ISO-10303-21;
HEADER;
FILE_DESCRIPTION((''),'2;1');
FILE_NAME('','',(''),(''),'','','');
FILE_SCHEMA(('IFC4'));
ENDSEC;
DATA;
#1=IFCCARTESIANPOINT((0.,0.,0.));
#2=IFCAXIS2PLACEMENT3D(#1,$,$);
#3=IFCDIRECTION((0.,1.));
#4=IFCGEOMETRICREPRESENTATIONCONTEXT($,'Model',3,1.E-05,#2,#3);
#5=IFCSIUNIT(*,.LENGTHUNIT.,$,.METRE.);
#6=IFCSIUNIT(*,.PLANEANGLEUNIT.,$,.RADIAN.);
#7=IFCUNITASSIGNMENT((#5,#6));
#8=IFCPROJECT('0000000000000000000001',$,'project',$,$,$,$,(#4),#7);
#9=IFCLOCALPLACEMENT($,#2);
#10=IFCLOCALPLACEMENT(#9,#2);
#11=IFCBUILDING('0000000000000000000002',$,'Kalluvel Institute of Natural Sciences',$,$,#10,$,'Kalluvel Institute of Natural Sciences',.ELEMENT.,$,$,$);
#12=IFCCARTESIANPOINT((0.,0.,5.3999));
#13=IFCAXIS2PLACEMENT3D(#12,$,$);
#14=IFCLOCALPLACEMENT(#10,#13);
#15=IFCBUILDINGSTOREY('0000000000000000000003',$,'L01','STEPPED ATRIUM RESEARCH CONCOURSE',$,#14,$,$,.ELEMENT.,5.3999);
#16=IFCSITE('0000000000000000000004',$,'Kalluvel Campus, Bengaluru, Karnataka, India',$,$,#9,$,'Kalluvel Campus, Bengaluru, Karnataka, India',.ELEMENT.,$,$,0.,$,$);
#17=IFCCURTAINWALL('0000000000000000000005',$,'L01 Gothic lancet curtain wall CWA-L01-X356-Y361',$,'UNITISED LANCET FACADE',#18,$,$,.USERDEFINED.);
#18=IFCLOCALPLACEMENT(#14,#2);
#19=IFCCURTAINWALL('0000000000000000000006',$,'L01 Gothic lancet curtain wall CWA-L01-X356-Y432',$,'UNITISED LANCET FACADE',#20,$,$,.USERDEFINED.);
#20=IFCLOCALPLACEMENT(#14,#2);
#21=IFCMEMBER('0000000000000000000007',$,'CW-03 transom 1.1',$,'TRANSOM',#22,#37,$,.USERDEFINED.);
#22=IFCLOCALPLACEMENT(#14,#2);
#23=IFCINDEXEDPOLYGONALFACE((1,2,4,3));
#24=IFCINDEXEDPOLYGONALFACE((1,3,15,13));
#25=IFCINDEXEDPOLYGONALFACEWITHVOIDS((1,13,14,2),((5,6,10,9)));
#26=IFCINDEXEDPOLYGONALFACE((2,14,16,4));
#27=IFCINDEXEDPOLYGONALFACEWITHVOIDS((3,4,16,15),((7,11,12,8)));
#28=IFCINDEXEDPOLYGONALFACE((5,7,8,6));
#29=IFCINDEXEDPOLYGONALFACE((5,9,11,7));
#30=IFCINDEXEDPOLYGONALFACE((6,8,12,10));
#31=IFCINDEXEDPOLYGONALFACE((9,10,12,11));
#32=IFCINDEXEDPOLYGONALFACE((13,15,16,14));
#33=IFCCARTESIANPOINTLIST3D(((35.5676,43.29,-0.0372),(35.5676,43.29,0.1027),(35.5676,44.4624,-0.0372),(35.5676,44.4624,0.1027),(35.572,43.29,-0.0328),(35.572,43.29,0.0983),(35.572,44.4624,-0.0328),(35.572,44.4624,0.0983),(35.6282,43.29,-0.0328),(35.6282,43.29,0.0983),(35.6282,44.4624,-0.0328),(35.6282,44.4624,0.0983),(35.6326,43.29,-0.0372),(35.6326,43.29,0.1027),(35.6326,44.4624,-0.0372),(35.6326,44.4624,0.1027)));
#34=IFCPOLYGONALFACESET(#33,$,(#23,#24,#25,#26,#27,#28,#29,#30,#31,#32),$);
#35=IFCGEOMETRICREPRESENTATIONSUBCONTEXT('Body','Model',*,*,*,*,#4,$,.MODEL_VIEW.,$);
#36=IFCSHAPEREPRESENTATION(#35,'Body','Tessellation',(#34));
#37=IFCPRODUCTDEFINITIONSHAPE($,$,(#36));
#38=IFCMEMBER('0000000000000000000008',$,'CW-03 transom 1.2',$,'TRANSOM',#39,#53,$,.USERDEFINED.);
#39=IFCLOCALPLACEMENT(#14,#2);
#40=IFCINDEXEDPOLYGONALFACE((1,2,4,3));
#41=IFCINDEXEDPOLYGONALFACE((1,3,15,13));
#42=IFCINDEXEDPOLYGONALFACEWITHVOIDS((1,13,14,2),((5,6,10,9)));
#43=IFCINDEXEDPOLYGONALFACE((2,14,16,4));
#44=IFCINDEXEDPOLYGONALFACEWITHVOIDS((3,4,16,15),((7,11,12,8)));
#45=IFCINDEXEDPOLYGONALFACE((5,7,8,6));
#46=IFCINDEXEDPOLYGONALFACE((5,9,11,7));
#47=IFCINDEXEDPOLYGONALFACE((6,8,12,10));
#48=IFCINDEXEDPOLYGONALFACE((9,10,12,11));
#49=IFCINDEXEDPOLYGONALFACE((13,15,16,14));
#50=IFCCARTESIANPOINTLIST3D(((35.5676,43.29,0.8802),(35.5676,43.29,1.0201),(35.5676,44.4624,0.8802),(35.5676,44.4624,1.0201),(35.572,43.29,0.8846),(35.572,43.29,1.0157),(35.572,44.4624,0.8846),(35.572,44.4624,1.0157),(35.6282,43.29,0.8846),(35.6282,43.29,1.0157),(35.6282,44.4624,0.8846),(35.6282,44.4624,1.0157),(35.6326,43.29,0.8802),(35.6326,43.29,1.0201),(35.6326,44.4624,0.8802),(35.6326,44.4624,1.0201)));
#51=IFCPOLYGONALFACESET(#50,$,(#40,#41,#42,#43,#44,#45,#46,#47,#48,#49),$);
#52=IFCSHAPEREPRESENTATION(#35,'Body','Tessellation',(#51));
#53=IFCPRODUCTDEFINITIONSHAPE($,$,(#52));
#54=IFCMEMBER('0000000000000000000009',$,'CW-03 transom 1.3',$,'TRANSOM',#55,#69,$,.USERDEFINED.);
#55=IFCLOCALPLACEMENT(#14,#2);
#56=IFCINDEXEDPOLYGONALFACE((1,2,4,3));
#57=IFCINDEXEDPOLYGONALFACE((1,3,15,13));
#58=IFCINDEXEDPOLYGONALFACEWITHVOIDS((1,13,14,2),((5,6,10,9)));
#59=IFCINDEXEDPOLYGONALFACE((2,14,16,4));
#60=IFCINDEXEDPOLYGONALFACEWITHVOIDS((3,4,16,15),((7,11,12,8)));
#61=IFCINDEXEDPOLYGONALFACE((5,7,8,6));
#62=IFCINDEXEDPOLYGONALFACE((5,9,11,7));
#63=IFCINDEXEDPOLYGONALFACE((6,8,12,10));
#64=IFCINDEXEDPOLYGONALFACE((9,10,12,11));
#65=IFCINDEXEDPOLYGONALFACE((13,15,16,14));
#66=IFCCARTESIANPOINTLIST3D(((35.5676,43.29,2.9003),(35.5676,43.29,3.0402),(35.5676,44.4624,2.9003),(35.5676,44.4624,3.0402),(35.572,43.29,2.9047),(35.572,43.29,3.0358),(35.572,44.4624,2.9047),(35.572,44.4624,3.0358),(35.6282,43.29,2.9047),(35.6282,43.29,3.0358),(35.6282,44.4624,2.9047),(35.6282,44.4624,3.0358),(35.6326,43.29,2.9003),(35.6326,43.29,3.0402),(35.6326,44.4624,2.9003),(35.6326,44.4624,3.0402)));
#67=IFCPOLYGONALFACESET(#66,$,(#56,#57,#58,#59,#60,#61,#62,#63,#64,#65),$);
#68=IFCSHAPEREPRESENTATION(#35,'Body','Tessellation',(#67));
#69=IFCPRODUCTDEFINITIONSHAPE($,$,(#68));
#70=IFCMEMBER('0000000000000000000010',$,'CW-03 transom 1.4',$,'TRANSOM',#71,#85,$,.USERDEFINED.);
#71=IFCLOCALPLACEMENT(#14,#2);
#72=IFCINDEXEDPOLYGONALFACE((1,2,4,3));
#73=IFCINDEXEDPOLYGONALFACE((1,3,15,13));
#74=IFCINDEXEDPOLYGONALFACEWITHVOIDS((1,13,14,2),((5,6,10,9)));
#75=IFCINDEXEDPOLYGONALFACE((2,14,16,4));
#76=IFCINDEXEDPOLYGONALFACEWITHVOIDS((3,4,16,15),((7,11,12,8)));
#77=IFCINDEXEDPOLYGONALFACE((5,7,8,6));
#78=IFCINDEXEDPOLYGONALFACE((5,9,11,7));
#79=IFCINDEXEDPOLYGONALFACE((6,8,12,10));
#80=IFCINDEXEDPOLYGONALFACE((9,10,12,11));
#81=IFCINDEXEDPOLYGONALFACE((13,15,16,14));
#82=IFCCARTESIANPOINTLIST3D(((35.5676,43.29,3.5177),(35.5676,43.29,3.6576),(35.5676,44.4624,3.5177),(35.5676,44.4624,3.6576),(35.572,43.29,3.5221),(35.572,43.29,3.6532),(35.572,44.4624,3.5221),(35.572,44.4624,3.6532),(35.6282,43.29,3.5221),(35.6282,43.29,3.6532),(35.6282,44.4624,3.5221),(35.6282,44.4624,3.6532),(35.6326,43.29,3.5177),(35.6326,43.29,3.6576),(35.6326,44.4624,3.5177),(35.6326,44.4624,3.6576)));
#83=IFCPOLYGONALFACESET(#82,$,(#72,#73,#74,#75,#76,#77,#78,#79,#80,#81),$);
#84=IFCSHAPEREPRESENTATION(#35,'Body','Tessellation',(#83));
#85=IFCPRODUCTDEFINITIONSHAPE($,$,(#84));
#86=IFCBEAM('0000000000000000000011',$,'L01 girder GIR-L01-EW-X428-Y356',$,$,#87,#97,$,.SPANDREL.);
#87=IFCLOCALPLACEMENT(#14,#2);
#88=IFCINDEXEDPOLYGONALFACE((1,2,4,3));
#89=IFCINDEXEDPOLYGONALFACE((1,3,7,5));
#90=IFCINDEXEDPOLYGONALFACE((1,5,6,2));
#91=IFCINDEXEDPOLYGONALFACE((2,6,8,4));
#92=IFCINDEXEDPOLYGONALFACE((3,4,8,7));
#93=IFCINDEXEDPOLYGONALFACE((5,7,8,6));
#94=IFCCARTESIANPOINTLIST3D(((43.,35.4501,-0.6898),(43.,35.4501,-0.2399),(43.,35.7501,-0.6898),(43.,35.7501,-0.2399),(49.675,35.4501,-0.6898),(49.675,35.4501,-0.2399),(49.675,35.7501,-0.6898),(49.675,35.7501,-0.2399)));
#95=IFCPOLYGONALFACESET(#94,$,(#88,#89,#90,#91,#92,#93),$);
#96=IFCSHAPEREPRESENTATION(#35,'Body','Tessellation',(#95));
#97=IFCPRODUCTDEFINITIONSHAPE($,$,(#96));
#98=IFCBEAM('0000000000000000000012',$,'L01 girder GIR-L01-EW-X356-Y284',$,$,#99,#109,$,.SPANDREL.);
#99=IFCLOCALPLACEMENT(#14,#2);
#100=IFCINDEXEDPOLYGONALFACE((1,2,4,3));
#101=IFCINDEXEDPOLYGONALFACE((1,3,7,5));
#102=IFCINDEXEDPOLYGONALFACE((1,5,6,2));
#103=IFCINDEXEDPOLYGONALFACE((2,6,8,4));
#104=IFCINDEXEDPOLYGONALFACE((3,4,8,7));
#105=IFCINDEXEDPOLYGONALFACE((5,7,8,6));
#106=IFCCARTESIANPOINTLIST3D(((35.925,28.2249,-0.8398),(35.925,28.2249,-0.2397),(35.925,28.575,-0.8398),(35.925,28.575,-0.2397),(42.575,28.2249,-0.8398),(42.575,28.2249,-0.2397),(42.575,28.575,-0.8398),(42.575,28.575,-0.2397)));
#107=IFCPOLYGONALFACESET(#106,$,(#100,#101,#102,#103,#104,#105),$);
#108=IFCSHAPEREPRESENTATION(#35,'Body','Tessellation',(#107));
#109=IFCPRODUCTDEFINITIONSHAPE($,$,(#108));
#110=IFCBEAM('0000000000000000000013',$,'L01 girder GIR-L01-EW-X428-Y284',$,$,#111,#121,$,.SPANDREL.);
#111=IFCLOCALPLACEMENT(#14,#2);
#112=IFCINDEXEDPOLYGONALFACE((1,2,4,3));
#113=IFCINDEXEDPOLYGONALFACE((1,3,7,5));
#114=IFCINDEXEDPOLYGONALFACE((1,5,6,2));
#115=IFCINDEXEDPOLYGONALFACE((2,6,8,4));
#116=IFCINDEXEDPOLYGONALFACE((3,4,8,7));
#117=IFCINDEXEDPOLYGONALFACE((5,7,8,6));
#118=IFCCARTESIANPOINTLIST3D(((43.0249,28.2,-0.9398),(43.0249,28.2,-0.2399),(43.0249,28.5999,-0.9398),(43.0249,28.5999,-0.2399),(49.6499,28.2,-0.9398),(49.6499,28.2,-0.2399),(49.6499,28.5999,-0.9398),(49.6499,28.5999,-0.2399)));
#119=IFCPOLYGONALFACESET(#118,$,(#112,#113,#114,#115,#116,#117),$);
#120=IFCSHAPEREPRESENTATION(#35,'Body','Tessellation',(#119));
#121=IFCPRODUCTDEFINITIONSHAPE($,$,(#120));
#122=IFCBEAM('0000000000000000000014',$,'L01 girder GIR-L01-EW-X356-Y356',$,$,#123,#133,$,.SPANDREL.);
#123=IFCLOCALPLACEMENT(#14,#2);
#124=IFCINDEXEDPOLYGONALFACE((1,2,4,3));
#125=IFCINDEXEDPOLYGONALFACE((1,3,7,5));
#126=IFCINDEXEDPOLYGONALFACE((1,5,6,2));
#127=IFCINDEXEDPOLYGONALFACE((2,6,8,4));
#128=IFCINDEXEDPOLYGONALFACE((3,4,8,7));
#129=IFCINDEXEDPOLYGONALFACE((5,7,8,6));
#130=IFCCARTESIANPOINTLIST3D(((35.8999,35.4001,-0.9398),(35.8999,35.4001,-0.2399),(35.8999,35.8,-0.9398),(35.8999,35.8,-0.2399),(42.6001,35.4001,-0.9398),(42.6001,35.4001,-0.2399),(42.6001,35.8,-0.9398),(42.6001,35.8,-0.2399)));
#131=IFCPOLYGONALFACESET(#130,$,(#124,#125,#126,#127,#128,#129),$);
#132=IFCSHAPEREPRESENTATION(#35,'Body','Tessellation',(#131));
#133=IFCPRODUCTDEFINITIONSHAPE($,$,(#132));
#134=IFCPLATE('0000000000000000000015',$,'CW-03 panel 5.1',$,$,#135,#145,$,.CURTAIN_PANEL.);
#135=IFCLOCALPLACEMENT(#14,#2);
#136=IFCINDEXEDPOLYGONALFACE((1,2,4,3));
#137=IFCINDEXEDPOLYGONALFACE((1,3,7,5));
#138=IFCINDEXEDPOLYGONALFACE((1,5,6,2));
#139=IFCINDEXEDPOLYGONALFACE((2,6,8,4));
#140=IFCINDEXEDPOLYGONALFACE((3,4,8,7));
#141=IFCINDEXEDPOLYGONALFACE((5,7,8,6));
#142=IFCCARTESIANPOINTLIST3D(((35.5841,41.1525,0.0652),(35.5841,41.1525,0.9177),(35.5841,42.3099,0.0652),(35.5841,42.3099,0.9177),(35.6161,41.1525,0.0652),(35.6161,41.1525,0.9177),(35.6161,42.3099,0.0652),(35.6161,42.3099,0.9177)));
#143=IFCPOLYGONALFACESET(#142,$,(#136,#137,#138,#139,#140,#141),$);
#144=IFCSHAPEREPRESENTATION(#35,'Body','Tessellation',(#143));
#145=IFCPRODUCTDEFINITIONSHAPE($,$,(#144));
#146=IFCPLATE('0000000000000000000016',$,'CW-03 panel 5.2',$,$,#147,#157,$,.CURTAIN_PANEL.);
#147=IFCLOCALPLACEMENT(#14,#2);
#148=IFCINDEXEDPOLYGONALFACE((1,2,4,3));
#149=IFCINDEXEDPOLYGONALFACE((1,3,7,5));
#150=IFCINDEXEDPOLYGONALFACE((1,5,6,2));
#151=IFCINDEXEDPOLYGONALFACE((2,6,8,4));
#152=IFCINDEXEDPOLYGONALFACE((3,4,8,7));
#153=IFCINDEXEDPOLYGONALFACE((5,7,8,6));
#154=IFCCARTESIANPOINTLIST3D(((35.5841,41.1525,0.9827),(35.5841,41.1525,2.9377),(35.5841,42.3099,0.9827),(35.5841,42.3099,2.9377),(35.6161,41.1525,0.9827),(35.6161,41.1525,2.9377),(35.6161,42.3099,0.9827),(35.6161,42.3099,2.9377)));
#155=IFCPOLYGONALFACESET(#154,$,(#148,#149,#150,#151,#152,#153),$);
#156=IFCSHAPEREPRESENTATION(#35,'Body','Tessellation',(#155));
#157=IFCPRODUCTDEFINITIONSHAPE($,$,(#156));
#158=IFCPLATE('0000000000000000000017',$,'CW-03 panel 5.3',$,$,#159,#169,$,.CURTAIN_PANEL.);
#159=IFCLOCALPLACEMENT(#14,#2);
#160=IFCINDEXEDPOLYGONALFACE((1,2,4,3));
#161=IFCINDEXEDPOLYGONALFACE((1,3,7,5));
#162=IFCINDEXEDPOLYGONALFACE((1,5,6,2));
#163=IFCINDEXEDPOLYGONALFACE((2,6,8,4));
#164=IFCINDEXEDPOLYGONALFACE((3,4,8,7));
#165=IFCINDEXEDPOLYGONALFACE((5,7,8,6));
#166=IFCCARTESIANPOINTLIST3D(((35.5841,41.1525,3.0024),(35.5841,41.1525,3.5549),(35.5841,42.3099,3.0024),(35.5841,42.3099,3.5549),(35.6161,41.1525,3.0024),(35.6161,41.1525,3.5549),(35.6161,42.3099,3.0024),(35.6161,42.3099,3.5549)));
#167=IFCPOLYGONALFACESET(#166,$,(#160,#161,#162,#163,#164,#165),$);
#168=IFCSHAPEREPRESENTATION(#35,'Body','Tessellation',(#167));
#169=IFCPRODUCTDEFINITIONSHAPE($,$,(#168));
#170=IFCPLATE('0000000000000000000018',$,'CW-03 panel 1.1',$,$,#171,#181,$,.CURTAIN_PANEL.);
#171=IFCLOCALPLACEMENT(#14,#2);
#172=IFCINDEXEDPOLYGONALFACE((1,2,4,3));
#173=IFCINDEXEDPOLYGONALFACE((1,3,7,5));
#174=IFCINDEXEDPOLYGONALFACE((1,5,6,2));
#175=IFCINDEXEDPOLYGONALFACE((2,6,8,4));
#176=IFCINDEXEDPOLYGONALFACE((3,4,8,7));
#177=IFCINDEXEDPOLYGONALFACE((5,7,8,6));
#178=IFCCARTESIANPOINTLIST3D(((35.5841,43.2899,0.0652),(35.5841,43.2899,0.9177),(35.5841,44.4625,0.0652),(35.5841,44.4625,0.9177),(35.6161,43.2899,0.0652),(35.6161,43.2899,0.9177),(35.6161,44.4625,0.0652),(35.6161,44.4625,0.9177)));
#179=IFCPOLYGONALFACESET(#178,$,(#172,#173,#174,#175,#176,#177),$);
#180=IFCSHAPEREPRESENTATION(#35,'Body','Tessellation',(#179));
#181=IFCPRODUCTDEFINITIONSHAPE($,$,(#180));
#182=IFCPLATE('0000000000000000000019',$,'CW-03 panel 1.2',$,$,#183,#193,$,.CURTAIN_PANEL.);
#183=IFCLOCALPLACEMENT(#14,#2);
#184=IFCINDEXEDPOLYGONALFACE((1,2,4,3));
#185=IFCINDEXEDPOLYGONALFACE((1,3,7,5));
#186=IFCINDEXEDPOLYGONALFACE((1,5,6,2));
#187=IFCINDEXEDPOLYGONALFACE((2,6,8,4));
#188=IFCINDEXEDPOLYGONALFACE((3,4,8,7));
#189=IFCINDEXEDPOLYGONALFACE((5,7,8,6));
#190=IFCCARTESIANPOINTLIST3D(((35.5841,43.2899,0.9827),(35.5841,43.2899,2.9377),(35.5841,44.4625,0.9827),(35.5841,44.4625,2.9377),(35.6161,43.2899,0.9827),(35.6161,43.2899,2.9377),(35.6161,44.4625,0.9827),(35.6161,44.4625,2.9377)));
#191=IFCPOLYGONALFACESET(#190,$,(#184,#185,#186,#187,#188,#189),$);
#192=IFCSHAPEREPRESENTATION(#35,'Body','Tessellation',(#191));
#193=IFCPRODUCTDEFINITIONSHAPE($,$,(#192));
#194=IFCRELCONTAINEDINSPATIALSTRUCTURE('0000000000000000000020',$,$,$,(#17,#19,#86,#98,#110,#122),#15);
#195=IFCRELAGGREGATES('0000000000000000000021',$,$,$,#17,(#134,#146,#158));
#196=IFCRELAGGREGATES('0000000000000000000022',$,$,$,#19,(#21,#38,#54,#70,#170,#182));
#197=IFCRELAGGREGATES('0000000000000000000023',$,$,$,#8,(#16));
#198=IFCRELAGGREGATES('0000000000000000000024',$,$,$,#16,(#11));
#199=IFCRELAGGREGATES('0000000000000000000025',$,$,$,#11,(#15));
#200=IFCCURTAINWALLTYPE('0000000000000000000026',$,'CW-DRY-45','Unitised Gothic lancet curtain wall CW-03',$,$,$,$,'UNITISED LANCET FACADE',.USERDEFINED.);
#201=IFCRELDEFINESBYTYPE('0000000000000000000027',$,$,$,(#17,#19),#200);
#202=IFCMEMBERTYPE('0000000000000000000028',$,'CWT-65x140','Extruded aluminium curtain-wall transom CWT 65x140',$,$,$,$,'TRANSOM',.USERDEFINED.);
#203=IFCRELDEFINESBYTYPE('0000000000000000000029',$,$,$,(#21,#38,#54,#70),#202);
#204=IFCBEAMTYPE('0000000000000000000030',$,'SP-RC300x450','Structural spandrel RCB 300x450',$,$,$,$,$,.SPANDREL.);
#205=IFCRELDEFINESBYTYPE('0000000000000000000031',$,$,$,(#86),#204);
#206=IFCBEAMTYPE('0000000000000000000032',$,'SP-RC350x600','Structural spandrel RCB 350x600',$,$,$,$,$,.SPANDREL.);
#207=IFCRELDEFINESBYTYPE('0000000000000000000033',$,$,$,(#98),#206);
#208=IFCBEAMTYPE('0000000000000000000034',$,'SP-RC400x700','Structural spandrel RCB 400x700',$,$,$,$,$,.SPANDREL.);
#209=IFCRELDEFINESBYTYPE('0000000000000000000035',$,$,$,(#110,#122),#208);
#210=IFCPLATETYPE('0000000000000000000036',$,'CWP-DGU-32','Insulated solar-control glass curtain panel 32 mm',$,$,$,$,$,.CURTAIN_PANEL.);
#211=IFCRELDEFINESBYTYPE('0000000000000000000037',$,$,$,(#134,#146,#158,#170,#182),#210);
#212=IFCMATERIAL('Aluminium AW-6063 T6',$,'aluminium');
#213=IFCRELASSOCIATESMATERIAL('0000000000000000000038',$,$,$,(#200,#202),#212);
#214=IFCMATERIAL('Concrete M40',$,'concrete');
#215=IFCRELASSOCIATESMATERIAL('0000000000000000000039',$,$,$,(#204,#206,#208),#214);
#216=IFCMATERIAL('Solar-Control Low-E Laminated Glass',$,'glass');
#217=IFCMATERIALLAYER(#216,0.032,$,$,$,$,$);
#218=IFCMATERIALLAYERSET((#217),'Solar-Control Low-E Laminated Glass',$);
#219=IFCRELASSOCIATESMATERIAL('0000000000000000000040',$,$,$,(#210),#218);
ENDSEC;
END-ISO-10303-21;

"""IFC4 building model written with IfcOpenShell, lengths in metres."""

from ifc_helpers import new_model, si_unit, direction, frame, origin, origin_2d, place, context, subcontext, project, spatial, rectangle, hollow_rectangle, extrude, material, layer, layer_set, material_profile, profile_set, type_object, element, aggregate, save


model = new_model("IFC4")

# Units and contexts
model_context = context("Model", 3, precision=1e-05, world=origin(), true_north=direction((0.0, 1.0)))
body_context = subcontext(model_context, "Body", "Model", "MODEL_VIEW")
ifc_project = project(units=[si_unit("LENGTHUNIT", "METRE"), si_unit("PLANEANGLEUNIT", "RADIAN")], contexts=[model_context])

# Site, building, storey
site_placement = place(None, origin())
site = spatial("IfcSite", under=ifc_project, at=site_placement, Name="Kalluvel Campus, Bengaluru, Karnataka, India", LongName="Kalluvel Campus, Bengaluru, Karnataka, India", CompositionType="ELEMENT", RefElevation=0.0)
building_placement = place(site_placement, origin())
building = spatial("IfcBuilding", under=site, at=building_placement, Name="Kalluvel Institute of Natural Sciences", LongName="Kalluvel Institute of Natural Sciences", CompositionType="ELEMENT")
storey_placement = place(building_placement, frame((0.0, 0.0, 5.3999)))
storey = spatial("IfcBuildingStorey", under=building, at=storey_placement, Name="L01", Description="STEPPED ATRIUM RESEARCH CONCOURSE", CompositionType="ELEMENT", Elevation=5.3999)

# Shared definitions
ifc_material_1 = material(Name="Concrete M40", Category="concrete")

# Curtain wall
ifc_material_2 = material(Name="Aluminium AW-6063 T6", Category="aluminium")
curtain_wall_type = type_object("IfcCurtainWallType", Name="CW-DRY-45", Description="Unitised Gothic lancet curtain wall CW-03", ElementType="UNITISED LANCET FACADE", PredefinedType="USERDEFINED", material=ifc_material_2)
curtain_wall_1_placement = place(storey_placement, origin())
curtain_wall_1 = element("IfcCurtainWall", 1, at=curtain_wall_1_placement, inside=storey, type_object=curtain_wall_type, Name="L01 Gothic lancet curtain wall CWA-L01-X356-Y361", ObjectType="UNITISED LANCET FACADE", PredefinedType="USERDEFINED")

# Curtain wall
curtain_wall_2_placement = place(storey_placement, origin())
curtain_wall_2 = element("IfcCurtainWall", 2, at=curtain_wall_2_placement, inside=storey, type_object=curtain_wall_type, Name="L01 Gothic lancet curtain wall CWA-L01-X356-Y432", ObjectType="UNITISED LANCET FACADE", PredefinedType="USERDEFINED")

# Members
ifc_material_profile_1 = material_profile(ifc_material_2, hollow_rectangle(XDim=0.0649, YDim=0.1399, WallThickness=0.0044, at=origin_2d()), Name="CWT 65x140")
ifc_profile_set_1 = profile_set([ifc_material_profile_1], Name="Aluminium AW-6063 T6")
member_type_1 = type_object("IfcMemberType", Name="CWT-65x140", Description="Extruded aluminium curtain-wall transom CWT 65x140", ElementType="TRANSOM", PredefinedType="USERDEFINED", material=ifc_profile_set_1)
member_1_placement = place(storey_placement, frame((35.6001, 43.29, 0.0327), z_axis=(0.0, 1.0, 0.0), x_axis=(-1.0, 0.0, 0.0)))
member_1 = element("IfcMember", 3, at=member_1_placement, type_object=member_type_1, Name="CW-03 transom 1.1", ObjectType="TRANSOM", PredefinedType="USERDEFINED", context=body_context, shape_type="SweptSolid", body=[
    extrude(hollow_rectangle(XDim=0.0649, YDim=0.1399, WallThickness=0.0044, at=origin_2d()), origin(), (0.0, 0.0, 1.0), 1.1724),
])
member_2_placement = place(storey_placement, frame((35.6001, 43.29, 0.9502), z_axis=(0.0, 1.0, 0.0), x_axis=(-1.0, 0.0, 0.0)))
member_2 = element("IfcMember", 4, at=member_2_placement, type_object=member_type_1, Name="CW-03 transom 1.2", ObjectType="TRANSOM", PredefinedType="USERDEFINED", context=body_context, shape_type="SweptSolid", body=[
    extrude(hollow_rectangle(XDim=0.0649, YDim=0.1399, WallThickness=0.0044, at=origin_2d()), origin(), (0.0, 0.0, 1.0), 1.1724),
])
member_3_placement = place(storey_placement, frame((35.6001, 43.29, 2.9702), z_axis=(0.0, 1.0, 0.0), x_axis=(-1.0, 0.0, 0.0)))
member_3 = element("IfcMember", 5, at=member_3_placement, type_object=member_type_1, Name="CW-03 transom 1.3", ObjectType="TRANSOM", PredefinedType="USERDEFINED", context=body_context, shape_type="SweptSolid", body=[
    extrude(hollow_rectangle(XDim=0.0649, YDim=0.1399, WallThickness=0.0044, at=origin_2d()), origin(), (0.0, 0.0, 1.0), 1.1724),
])
member_4_placement = place(storey_placement, frame((35.6001, 43.29, 3.5876), z_axis=(0.0, 1.0, 0.0), x_axis=(-1.0, 0.0, 0.0)))
member_4 = element("IfcMember", 6, at=member_4_placement, type_object=member_type_1, Name="CW-03 transom 1.4", ObjectType="TRANSOM", PredefinedType="USERDEFINED", context=body_context, shape_type="SweptSolid", body=[
    extrude(hollow_rectangle(XDim=0.0649, YDim=0.1399, WallThickness=0.0044, at=origin_2d()), origin(), (0.0, 0.0, 1.0), 1.1724),
])

# Beams
ifc_material_profile_2 = material_profile(ifc_material_1, rectangle(XDim=0.3, YDim=0.45, at=origin_2d()), Name="RCB 300x450")
ifc_profile_set_2 = profile_set([ifc_material_profile_2], Name="Concrete M40")
beam_type_1 = type_object("IfcBeamType", Name="SP-RC300x450", Description="Structural spandrel RCB 300x450", PredefinedType="SPANDREL", material=ifc_profile_set_2)
beam_1_placement = place(storey_placement, frame((43.0, 35.6001, -0.4648), z_axis=(1.0, 0.0, 0.0), x_axis=(0.0, 1.0, 0.0)))
element("IfcBeam", 7, at=beam_1_placement, inside=storey, type_object=beam_type_1, Name="L01 girder GIR-L01-EW-X428-Y356", PredefinedType="SPANDREL", context=body_context, shape_type="SweptSolid", body=[
    extrude(rectangle(XDim=0.3, YDim=0.45, at=origin_2d()), origin(), (0.0, 0.0, 1.0), 6.675),
])
ifc_material_profile_3 = material_profile(ifc_material_1, rectangle(XDim=0.3501, YDim=0.6001, at=origin_2d()), Name="RCB 350x600")
ifc_profile_set_3 = profile_set([ifc_material_profile_3], Name="Concrete M40")
beam_type_2 = type_object("IfcBeamType", Name="SP-RC350x600", Description="Structural spandrel RCB 350x600", PredefinedType="SPANDREL", material=ifc_profile_set_3)
beam_2_placement = place(storey_placement, frame((35.925, 28.3999, -0.5398), z_axis=(1.0, 0.0, 0.0), x_axis=(0.0, 1.0, 0.0)))
element("IfcBeam", 8, at=beam_2_placement, inside=storey, type_object=beam_type_2, Name="L01 girder GIR-L01-EW-X356-Y284", PredefinedType="SPANDREL", context=body_context, shape_type="SweptSolid", body=[
    extrude(rectangle(XDim=0.3501, YDim=0.6001, at=origin_2d()), origin(), (0.0, 0.0, 1.0), 6.6499),
])
ifc_material_profile_4 = material_profile(ifc_material_1, rectangle(XDim=0.3999, YDim=0.7, at=origin_2d()), Name="RCB 400x700")
ifc_profile_set_4 = profile_set([ifc_material_profile_4], Name="Concrete M40")
beam_type_3 = type_object("IfcBeamType", Name="SP-RC400x700", Description="Structural spandrel RCB 400x700", PredefinedType="SPANDREL", material=ifc_profile_set_4)
beam_3_placement = place(storey_placement, frame((43.0249, 28.3999, -0.5898), z_axis=(1.0, 0.0, 0.0), x_axis=(0.0, 1.0, 0.0)))
element("IfcBeam", 9, at=beam_3_placement, inside=storey, type_object=beam_type_3, Name="L01 girder GIR-L01-EW-X428-Y284", PredefinedType="SPANDREL", context=body_context, shape_type="SweptSolid", body=[
    extrude(rectangle(XDim=0.3999, YDim=0.7, at=origin_2d()), origin(), (0.0, 0.0, 1.0), 6.625),
])
beam_4_placement = place(storey_placement, frame((35.8999, 35.6001, -0.5898), z_axis=(1.0, 0.0, 0.0), x_axis=(0.0, 1.0, 0.0)))
element("IfcBeam", 10, at=beam_4_placement, inside=storey, type_object=beam_type_3, Name="L01 girder GIR-L01-EW-X356-Y356", PredefinedType="SPANDREL", context=body_context, shape_type="SweptSolid", body=[
    extrude(rectangle(XDim=0.3999, YDim=0.7, at=origin_2d()), origin(), (0.0, 0.0, 1.0), 6.7002),
])

# Plates
ifc_material_3 = material(Name="Solar-Control Low-E Laminated Glass", Category="glass")
ifc_layer = layer(ifc_material_3, 0.032)
ifc_layer_set = layer_set([ifc_layer], Name="Solar-Control Low-E Laminated Glass")
plate_type = type_object("IfcPlateType", Name="CWP-DGU-32", Description="Insulated solar-control glass curtain panel 32 mm", PredefinedType="CURTAIN_PANEL", material=ifc_layer_set)
plate_1_placement = place(storey_placement, frame((35.6001, 41.7312, 0.0652), z_axis=(0.0, 0.0, 1.0), x_axis=(0.0, 1.0, 0.0)))
plate_1 = element("IfcPlate", 11, at=plate_1_placement, type_object=plate_type, Name="CW-03 panel 5.1", PredefinedType="CURTAIN_PANEL", context=body_context, shape_type="SweptSolid", body=[
    extrude(rectangle(XDim=1.1575, YDim=0.032, at=origin_2d()), origin(), (0.0, 0.0, 1.0), 0.8525),
])
plate_2_placement = place(storey_placement, frame((35.6001, 41.7312, 0.9827), z_axis=(0.0, 0.0, 1.0), x_axis=(0.0, 1.0, 0.0)))
plate_2 = element("IfcPlate", 12, at=plate_2_placement, type_object=plate_type, Name="CW-03 panel 5.2", PredefinedType="CURTAIN_PANEL", context=body_context, shape_type="SweptSolid", body=[
    extrude(rectangle(XDim=1.1575, YDim=0.032, at=origin_2d()), origin(), (0.0, 0.0, 1.0), 1.9551),
])
plate_3_placement = place(storey_placement, frame((35.6001, 41.7312, 3.0024), z_axis=(0.0, 0.0, 1.0), x_axis=(0.0, 1.0, 0.0)))
plate_3 = element("IfcPlate", 13, at=plate_3_placement, type_object=plate_type, Name="CW-03 panel 5.3", PredefinedType="CURTAIN_PANEL", context=body_context, shape_type="SweptSolid", body=[
    extrude(rectangle(XDim=1.1575, YDim=0.032, at=origin_2d()), origin(), (0.0, 0.0, 1.0), 0.5525),
])
aggregate(curtain_wall_1, [plate_1, plate_2, plate_3])
plate_4_placement = place(storey_placement, frame((35.6001, 43.8762, 0.0652), z_axis=(0.0, 0.0, 1.0), x_axis=(0.0, 1.0, 0.0)))
plate_4 = element("IfcPlate", 14, at=plate_4_placement, type_object=plate_type, Name="CW-03 panel 1.1", PredefinedType="CURTAIN_PANEL", context=body_context, shape_type="SweptSolid", body=[
    extrude(rectangle(XDim=1.1726, YDim=0.032, at=origin_2d()), origin(), (0.0, 0.0, 1.0), 0.8525),
])
plate_5_placement = place(storey_placement, frame((35.6001, 43.8762, 0.9827), z_axis=(0.0, 0.0, 1.0), x_axis=(0.0, 1.0, 0.0)))
plate_5 = element("IfcPlate", 15, at=plate_5_placement, type_object=plate_type, Name="CW-03 panel 1.2", PredefinedType="CURTAIN_PANEL", context=body_context, shape_type="SweptSolid", body=[
    extrude(rectangle(XDim=1.1726, YDim=0.032, at=origin_2d()), origin(), (0.0, 0.0, 1.0), 1.9551),
])
aggregate(curtain_wall_2, [member_1, member_2, member_3, member_4, plate_4, plate_5])

save(model, "model.ifc")
